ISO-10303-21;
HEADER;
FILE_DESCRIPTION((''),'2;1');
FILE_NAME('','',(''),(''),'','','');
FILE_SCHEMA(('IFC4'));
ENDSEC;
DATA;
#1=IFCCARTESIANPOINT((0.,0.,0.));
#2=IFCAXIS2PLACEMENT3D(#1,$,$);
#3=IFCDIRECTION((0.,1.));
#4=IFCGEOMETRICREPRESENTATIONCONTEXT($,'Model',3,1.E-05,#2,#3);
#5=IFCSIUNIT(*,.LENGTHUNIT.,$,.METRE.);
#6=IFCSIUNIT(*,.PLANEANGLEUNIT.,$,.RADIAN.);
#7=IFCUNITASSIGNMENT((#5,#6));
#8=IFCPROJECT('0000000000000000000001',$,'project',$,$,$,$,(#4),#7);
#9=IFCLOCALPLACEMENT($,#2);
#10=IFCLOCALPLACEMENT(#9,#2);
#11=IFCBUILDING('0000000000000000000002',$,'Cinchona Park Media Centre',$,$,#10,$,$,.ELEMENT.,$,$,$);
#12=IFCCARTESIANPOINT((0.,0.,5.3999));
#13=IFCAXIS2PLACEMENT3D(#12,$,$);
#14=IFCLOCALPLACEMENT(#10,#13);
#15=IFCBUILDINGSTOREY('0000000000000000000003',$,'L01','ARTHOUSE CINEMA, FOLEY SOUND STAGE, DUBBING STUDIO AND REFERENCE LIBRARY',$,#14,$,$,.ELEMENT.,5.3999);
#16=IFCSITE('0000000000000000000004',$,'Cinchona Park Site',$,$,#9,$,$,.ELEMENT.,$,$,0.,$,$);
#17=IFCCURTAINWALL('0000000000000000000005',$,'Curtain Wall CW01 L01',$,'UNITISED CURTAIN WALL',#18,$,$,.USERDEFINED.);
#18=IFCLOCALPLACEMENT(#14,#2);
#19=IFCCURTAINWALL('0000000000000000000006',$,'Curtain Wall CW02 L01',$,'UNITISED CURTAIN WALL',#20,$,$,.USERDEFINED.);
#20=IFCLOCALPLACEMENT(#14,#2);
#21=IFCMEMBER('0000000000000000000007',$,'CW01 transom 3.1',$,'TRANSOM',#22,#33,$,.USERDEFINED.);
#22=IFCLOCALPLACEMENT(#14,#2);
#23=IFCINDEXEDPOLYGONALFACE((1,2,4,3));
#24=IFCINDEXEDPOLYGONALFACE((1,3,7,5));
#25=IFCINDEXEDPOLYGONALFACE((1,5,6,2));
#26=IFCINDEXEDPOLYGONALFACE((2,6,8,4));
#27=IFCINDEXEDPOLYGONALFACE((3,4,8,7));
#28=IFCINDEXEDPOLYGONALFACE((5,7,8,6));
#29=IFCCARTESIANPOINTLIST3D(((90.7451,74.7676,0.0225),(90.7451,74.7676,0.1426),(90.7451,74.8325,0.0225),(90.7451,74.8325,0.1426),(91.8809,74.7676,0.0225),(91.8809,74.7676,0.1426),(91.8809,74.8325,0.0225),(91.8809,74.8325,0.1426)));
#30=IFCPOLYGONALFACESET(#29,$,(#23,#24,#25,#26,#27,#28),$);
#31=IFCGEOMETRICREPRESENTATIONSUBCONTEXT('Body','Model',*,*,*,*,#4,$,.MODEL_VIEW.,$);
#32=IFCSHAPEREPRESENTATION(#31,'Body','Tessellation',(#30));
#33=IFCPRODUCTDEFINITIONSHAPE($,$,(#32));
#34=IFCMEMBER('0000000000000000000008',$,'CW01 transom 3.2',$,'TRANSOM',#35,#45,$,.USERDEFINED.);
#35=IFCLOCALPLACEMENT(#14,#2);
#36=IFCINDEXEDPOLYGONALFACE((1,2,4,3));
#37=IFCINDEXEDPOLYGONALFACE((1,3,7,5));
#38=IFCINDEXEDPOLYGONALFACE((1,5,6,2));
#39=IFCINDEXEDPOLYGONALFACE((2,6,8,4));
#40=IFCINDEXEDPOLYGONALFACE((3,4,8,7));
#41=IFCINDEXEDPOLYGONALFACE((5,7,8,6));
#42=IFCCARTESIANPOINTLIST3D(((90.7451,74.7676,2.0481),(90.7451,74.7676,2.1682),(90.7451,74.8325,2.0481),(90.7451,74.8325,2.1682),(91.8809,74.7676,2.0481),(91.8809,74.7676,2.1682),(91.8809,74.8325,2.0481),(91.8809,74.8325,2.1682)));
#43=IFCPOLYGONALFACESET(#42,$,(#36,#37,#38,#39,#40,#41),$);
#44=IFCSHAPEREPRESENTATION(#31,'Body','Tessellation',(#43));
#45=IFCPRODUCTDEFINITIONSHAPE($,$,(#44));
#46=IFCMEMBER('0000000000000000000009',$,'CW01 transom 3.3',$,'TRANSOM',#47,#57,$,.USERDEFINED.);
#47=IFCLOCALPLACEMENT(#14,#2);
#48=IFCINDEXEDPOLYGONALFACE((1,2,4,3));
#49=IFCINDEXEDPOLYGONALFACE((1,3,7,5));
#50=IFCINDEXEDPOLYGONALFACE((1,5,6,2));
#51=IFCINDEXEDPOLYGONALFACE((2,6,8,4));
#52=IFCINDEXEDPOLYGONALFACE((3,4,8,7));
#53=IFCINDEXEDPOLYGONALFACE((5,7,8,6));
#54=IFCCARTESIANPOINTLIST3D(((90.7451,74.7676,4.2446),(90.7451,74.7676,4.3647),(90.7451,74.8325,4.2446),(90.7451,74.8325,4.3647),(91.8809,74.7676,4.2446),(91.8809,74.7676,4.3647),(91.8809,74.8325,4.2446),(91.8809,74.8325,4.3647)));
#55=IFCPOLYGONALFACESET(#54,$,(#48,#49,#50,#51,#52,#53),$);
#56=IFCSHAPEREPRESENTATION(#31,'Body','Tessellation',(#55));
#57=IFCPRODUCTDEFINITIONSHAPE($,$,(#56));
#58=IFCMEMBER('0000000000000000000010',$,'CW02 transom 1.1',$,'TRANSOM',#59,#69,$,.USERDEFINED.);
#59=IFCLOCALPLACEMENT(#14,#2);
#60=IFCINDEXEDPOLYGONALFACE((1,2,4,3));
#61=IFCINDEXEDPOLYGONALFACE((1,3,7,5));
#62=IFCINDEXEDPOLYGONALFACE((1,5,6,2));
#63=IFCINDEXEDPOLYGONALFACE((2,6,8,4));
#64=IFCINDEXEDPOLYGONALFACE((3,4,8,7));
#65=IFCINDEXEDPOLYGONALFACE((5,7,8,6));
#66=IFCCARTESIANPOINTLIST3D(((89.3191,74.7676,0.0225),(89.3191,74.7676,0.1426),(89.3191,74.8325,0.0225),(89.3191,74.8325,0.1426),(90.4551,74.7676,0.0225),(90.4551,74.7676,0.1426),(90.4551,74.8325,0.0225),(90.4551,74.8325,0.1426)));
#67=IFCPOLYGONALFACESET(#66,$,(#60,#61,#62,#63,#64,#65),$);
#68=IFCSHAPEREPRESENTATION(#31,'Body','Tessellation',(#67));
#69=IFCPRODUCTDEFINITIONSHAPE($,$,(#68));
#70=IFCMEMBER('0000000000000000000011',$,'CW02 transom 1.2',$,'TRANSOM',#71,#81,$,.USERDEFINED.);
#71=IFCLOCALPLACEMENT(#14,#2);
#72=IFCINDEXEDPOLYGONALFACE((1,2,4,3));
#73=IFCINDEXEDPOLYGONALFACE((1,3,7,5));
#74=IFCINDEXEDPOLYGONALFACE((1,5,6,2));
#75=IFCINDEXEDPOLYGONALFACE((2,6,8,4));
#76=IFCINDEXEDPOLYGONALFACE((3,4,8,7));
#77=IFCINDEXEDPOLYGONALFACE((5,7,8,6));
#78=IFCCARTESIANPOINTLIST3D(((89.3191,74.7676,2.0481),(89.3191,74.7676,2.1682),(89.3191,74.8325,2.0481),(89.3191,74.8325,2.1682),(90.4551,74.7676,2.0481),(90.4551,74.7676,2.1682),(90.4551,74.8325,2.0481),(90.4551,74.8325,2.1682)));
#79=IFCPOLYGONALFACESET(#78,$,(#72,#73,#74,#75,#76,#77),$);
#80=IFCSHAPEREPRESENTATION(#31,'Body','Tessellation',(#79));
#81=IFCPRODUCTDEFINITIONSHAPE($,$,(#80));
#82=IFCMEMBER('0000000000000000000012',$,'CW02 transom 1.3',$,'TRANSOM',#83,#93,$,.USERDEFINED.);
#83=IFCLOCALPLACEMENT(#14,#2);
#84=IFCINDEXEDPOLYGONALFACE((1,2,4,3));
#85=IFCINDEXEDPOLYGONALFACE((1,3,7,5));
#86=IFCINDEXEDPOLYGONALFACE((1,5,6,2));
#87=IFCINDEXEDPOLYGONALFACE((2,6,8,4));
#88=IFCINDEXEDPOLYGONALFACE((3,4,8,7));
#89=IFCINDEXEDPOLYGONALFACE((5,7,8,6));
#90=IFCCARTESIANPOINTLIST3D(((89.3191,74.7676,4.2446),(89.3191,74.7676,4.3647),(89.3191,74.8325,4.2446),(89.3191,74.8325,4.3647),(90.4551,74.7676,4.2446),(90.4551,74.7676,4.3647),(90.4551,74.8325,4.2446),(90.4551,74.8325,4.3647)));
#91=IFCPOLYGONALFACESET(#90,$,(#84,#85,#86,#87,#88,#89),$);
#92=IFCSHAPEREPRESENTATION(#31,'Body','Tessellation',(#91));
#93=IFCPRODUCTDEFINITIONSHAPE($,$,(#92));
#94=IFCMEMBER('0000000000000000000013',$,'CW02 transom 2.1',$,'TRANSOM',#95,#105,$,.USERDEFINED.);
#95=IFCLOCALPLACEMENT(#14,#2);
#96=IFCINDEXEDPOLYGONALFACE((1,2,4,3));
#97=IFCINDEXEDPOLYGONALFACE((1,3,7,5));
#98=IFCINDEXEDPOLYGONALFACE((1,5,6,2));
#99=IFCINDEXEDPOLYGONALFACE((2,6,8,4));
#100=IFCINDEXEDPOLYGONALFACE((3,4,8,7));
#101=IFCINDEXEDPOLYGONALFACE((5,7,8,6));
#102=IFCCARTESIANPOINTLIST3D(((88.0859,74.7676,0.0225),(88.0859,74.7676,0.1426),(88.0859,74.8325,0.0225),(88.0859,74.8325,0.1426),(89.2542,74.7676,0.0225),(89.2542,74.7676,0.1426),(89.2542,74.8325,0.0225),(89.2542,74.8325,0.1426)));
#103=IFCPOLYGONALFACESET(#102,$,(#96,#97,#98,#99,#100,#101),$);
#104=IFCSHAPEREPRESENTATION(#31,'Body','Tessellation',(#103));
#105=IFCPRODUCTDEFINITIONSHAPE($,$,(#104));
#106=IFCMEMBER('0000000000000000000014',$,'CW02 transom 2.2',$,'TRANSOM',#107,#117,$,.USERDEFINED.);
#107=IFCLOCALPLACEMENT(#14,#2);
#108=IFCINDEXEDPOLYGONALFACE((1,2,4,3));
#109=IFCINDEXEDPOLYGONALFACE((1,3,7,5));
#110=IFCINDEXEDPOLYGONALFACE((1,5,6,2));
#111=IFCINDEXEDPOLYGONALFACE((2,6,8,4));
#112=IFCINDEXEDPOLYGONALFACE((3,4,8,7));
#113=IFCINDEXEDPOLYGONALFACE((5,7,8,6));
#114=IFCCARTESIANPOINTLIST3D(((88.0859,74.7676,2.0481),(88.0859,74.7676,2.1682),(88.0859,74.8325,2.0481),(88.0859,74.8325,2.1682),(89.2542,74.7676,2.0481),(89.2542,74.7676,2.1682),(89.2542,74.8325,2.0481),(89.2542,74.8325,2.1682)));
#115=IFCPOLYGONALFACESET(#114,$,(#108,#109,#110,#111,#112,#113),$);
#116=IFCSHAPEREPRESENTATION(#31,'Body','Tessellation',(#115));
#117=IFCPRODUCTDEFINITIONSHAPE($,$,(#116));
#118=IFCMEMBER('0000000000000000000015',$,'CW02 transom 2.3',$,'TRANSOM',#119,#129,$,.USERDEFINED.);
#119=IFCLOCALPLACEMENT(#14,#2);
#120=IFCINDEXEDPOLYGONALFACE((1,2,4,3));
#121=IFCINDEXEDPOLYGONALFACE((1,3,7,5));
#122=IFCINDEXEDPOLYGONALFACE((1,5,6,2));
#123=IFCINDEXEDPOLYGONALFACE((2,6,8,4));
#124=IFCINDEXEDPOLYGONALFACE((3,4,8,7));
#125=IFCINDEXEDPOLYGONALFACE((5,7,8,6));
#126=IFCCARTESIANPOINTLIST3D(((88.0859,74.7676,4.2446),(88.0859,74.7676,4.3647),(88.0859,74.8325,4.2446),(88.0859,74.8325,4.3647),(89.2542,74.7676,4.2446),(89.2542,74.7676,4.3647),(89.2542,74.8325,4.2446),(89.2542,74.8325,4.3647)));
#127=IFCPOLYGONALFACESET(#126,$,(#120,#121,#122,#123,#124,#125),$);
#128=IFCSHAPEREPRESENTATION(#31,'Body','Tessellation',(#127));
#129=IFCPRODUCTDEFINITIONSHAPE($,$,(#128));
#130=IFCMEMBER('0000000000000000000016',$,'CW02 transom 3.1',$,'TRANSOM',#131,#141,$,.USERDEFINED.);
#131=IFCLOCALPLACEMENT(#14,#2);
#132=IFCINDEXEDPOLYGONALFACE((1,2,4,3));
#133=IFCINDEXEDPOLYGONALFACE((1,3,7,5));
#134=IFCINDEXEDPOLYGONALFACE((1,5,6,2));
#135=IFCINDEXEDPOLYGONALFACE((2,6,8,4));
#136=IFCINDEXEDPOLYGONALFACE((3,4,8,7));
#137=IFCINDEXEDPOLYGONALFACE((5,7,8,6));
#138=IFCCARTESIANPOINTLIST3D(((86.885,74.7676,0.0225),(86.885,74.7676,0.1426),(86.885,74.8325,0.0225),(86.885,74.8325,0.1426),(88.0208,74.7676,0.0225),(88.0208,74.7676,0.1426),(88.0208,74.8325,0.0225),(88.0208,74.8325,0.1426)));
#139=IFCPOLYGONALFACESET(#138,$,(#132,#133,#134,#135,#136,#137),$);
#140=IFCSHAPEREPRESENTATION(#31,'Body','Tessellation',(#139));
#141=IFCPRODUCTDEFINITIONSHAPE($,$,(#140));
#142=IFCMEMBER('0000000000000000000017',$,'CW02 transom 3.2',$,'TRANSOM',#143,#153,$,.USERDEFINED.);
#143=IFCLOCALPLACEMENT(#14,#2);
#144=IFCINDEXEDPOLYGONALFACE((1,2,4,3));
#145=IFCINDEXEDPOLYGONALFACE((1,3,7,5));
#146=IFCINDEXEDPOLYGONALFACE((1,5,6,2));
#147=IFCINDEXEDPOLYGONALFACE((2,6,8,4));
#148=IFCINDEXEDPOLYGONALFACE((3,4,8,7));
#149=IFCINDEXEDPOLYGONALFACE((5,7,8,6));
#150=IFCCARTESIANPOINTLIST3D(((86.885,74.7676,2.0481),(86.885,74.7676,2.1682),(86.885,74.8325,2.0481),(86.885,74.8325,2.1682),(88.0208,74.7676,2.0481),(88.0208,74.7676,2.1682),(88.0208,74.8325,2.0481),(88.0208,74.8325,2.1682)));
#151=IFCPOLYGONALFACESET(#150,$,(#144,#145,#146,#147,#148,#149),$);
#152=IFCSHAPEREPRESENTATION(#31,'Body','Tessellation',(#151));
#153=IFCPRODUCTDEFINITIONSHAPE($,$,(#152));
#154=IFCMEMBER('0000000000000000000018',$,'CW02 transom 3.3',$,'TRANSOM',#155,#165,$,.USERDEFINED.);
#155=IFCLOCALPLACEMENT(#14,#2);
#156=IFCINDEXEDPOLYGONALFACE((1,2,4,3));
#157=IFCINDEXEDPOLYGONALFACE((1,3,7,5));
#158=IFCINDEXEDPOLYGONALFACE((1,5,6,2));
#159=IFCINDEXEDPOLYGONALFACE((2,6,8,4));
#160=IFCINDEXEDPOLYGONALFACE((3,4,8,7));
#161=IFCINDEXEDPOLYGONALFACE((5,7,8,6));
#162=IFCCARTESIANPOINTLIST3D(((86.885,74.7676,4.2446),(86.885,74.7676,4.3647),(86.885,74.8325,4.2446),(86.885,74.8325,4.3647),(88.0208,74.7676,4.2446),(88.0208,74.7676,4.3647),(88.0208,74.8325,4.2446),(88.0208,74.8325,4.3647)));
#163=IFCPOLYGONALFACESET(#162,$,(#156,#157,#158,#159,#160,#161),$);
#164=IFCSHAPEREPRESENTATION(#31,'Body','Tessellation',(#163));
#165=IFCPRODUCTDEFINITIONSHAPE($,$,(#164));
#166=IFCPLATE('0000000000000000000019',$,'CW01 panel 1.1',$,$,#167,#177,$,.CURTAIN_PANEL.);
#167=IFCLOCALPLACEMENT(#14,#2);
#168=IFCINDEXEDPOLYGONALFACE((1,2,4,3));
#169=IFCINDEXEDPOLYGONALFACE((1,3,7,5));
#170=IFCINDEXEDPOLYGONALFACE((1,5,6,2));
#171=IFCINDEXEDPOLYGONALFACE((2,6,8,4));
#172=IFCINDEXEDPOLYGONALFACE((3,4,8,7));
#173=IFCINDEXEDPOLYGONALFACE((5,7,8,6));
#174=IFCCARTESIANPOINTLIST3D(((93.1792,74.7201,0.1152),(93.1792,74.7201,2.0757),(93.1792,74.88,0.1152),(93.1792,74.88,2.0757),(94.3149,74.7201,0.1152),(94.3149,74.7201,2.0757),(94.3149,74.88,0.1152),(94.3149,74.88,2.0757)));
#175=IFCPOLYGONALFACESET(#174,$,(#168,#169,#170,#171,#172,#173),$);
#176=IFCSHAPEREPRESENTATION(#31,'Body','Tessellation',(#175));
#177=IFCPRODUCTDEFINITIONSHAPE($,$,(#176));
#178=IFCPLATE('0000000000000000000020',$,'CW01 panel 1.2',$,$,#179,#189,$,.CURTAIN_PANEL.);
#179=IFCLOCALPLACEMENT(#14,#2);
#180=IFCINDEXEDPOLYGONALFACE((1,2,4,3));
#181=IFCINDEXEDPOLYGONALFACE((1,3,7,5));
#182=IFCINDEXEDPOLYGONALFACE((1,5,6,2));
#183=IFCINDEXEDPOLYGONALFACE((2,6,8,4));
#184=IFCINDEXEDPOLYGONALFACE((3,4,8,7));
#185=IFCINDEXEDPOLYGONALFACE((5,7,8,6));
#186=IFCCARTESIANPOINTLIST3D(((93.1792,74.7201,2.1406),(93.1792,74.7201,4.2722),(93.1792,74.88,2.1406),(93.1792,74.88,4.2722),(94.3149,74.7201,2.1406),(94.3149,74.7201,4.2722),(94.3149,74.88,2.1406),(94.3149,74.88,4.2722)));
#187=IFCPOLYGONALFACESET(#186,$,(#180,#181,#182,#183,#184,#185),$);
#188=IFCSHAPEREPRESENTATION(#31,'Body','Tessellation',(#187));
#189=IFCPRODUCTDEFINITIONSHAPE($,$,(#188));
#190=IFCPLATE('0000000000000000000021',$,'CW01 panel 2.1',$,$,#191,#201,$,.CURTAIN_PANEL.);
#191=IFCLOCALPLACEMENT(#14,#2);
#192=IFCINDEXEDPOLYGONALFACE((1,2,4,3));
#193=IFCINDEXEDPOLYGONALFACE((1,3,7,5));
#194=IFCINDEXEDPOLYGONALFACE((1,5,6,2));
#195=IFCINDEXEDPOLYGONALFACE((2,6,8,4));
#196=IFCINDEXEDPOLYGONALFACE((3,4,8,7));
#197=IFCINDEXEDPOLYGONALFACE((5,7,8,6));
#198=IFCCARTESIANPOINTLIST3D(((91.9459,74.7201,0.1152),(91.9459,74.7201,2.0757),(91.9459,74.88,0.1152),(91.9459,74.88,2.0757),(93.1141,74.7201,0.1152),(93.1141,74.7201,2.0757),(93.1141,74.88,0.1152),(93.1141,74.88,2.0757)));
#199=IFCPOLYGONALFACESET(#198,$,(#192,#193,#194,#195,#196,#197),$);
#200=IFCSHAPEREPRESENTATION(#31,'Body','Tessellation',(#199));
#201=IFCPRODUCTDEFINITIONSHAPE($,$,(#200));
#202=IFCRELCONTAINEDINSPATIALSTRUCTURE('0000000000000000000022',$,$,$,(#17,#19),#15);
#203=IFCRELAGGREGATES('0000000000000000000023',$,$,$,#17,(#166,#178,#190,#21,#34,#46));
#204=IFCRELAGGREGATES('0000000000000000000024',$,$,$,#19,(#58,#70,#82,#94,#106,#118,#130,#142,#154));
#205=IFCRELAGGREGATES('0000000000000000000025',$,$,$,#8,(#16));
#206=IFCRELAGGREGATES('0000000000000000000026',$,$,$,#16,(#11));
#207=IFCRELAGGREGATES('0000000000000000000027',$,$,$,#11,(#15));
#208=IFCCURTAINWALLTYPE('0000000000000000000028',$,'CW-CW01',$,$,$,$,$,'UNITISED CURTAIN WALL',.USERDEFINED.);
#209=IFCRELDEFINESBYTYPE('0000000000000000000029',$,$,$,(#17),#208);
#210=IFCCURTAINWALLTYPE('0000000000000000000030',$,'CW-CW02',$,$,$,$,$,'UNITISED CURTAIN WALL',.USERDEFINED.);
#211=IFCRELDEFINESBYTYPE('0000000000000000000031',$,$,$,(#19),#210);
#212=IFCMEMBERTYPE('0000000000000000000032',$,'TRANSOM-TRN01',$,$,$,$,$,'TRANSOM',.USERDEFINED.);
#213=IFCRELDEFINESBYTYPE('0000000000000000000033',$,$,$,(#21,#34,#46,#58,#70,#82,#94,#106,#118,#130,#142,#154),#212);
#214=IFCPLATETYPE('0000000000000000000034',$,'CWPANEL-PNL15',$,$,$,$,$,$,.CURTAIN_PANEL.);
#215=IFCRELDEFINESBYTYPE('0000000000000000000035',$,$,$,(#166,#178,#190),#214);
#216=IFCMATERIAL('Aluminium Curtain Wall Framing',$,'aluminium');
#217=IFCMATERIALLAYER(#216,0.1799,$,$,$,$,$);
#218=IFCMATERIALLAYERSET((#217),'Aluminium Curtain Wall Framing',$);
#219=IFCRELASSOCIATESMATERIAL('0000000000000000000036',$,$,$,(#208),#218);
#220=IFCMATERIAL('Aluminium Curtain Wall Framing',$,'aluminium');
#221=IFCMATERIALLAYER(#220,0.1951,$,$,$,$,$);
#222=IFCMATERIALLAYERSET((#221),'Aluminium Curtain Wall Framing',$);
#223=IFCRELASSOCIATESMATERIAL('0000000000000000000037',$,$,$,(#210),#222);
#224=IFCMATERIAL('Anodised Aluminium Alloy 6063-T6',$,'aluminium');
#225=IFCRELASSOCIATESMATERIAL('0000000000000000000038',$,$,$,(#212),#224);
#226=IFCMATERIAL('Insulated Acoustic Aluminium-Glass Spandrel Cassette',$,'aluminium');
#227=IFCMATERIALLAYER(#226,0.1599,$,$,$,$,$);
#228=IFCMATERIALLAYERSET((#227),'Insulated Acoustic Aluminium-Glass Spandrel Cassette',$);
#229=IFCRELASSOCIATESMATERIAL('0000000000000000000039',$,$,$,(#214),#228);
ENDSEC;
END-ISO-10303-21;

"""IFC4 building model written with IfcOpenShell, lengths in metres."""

from ifc_helpers import new_model, si_unit, direction, frame, origin, origin_2d, place, context, subcontext, project, spatial, rectangle, extrude, material, layer, layer_set, material_profile, profile_set, type_object, element, aggregate, save


model = new_model("IFC4")

# Units and contexts
model_context = context("Model", 3, precision=1e-05, world=origin(), true_north=direction((0.0, 1.0)))
body_context = subcontext(model_context, "Body", "Model", "MODEL_VIEW")
ifc_project = project(units=[si_unit("LENGTHUNIT", "METRE"), si_unit("PLANEANGLEUNIT", "RADIAN")], contexts=[model_context])

# Site, building, storey
site_placement = place(None, origin())
site = spatial("IfcSite", under=ifc_project, at=site_placement, Name="Cinchona Park Site", CompositionType="ELEMENT", RefElevation=0.0)
building_placement = place(site_placement, origin())
building = spatial("IfcBuilding", under=site, at=building_placement, Name="Cinchona Park Media Centre", CompositionType="ELEMENT")
storey_placement = place(building_placement, frame((0.0, 0.0, 5.3999)))
storey = spatial("IfcBuildingStorey", under=building, at=storey_placement, Name="L01", Description="ARTHOUSE CINEMA, FOLEY SOUND STAGE, DUBBING STUDIO AND REFERENCE LIBRARY", CompositionType="ELEMENT", Elevation=5.3999)

# Curtain walls
ifc_material_1 = material(Name="Aluminium Curtain Wall Framing", Category="aluminium")
ifc_layer_1 = layer(ifc_material_1, 0.1799)
ifc_layer_set_1 = layer_set([ifc_layer_1], Name="Aluminium Curtain Wall Framing")
curtain_wall_type_1 = type_object("IfcCurtainWallType", Name="CW-CW01", ElementType="UNITISED CURTAIN WALL", PredefinedType="USERDEFINED", material=ifc_layer_set_1)
curtain_wall_1_placement = place(storey_placement, origin())
curtain_wall_1 = element("IfcCurtainWall", 1, at=curtain_wall_1_placement, inside=storey, type_object=curtain_wall_type_1, Name="Curtain Wall CW01 L01", ObjectType="UNITISED CURTAIN WALL", PredefinedType="USERDEFINED")
ifc_material_2 = material(Name="Aluminium Curtain Wall Framing", Category="aluminium")
ifc_layer_2 = layer(ifc_material_2, 0.1951)
ifc_layer_set_2 = layer_set([ifc_layer_2], Name="Aluminium Curtain Wall Framing")
curtain_wall_type_2 = type_object("IfcCurtainWallType", Name="CW-CW02", ElementType="UNITISED CURTAIN WALL", PredefinedType="USERDEFINED", material=ifc_layer_set_2)
curtain_wall_2_placement = place(storey_placement, origin())
curtain_wall_2 = element("IfcCurtainWall", 2, at=curtain_wall_2_placement, inside=storey, type_object=curtain_wall_type_2, Name="Curtain Wall CW02 L01", ObjectType="UNITISED CURTAIN WALL", PredefinedType="USERDEFINED")

# Members
ifc_material_3 = material(Name="Anodised Aluminium Alloy 6063-T6", Category="aluminium")
ifc_material_profile_1 = material_profile(ifc_material_3, rectangle(XDim=0.0649, YDim=0.1201, at=origin_2d()), Name="TRN-65X120")
ifc_profile_set_1 = profile_set([ifc_material_profile_1], Name="Anodised Aluminium Alloy 6063-T6")
member_type_1 = type_object("IfcMemberType", Name="TRANSOM-TRN01", ElementType="TRANSOM", PredefinedType="USERDEFINED", material=ifc_profile_set_1)
member_1_placement = place(storey_placement, frame((91.8809, 74.8, 0.0825), z_axis=(-1.0, 0.0, 0.0), x_axis=(0.0, -1.0, 0.0)))
member_1 = element("IfcMember", 3, at=member_1_placement, type_object=member_type_1, Name="CW01 transom 3.1", ObjectType="TRANSOM", PredefinedType="USERDEFINED", context=body_context, shape_type="SweptSolid", body=[
    extrude(rectangle(XDim=0.0649, YDim=0.1201, at=origin_2d()), origin(), (0.0, 0.0, 1.0), 1.1357),
])
member_2_placement = place(storey_placement, frame((91.8809, 74.8, 2.1082), z_axis=(-1.0, 0.0, 0.0), x_axis=(0.0, -1.0, 0.0)))
member_2 = element("IfcMember", 4, at=member_2_placement, type_object=member_type_1, Name="CW01 transom 3.2", ObjectType="TRANSOM", PredefinedType="USERDEFINED", context=body_context, shape_type="SweptSolid", body=[
    extrude(rectangle(XDim=0.0649, YDim=0.1201, at=origin_2d()), origin(), (0.0, 0.0, 1.0), 1.1357),
])
member_3_placement = place(storey_placement, frame((91.8809, 74.8, 4.3047), z_axis=(-1.0, 0.0, 0.0), x_axis=(0.0, -1.0, 0.0)))
member_3 = element("IfcMember", 5, at=member_3_placement, type_object=member_type_1, Name="CW01 transom 3.3", ObjectType="TRANSOM", PredefinedType="USERDEFINED", context=body_context, shape_type="SweptSolid", body=[
    extrude(rectangle(XDim=0.0649, YDim=0.1201, at=origin_2d()), origin(), (0.0, 0.0, 1.0), 1.1357),
])
member_4_placement = place(storey_placement, frame((90.4551, 74.8, 0.0825), z_axis=(-1.0, 0.0, 0.0), x_axis=(0.0, -1.0, 0.0)))
member_4 = element("IfcMember", 6, at=member_4_placement, type_object=member_type_1, Name="CW02 transom 1.1", ObjectType="TRANSOM", PredefinedType="USERDEFINED", context=body_context, shape_type="SweptSolid", body=[
    extrude(rectangle(XDim=0.0649, YDim=0.1201, at=origin_2d()), origin(), (0.0, 0.0, 1.0), 1.136),
])
member_5_placement = place(storey_placement, frame((90.4551, 74.8, 2.1082), z_axis=(-1.0, 0.0, 0.0), x_axis=(0.0, -1.0, 0.0)))
member_5 = element("IfcMember", 7, at=member_5_placement, type_object=member_type_1, Name="CW02 transom 1.2", ObjectType="TRANSOM", PredefinedType="USERDEFINED", context=body_context, shape_type="SweptSolid", body=[
    extrude(rectangle(XDim=0.0649, YDim=0.1201, at=origin_2d()), origin(), (0.0, 0.0, 1.0), 1.136),
])
member_6_placement = place(storey_placement, frame((90.4551, 74.8, 4.3047), z_axis=(-1.0, 0.0, 0.0), x_axis=(0.0, -1.0, 0.0)))
member_6 = element("IfcMember", 8, at=member_6_placement, type_object=member_type_1, Name="CW02 transom 1.3", ObjectType="TRANSOM", PredefinedType="USERDEFINED", context=body_context, shape_type="SweptSolid", body=[
    extrude(rectangle(XDim=0.0649, YDim=0.1201, at=origin_2d()), origin(), (0.0, 0.0, 1.0), 1.136),
])
member_7_placement = place(storey_placement, frame((89.2542, 74.8, 0.0825), z_axis=(-1.0, 0.0, 0.0), x_axis=(0.0, -1.0, 0.0)))
member_7 = element("IfcMember", 9, at=member_7_placement, type_object=member_type_1, Name="CW02 transom 2.1", ObjectType="TRANSOM", PredefinedType="USERDEFINED", context=body_context, shape_type="SweptSolid", body=[
    extrude(rectangle(XDim=0.0649, YDim=0.1201, at=origin_2d()), origin(), (0.0, 0.0, 1.0), 1.1682),
])
member_8_placement = place(storey_placement, frame((89.2542, 74.8, 2.1082), z_axis=(-1.0, 0.0, 0.0), x_axis=(0.0, -1.0, 0.0)))
member_8 = element("IfcMember", 10, at=member_8_placement, type_object=member_type_1, Name="CW02 transom 2.2", ObjectType="TRANSOM", PredefinedType="USERDEFINED", context=body_context, shape_type="SweptSolid", body=[
    extrude(rectangle(XDim=0.0649, YDim=0.1201, at=origin_2d()), origin(), (0.0, 0.0, 1.0), 1.1682),
])
member_9_placement = place(storey_placement, frame((89.2542, 74.8, 4.3047), z_axis=(-1.0, 0.0, 0.0), x_axis=(0.0, -1.0, 0.0)))
member_9 = element("IfcMember", 11, at=member_9_placement, type_object=member_type_1, Name="CW02 transom 2.3", ObjectType="TRANSOM", PredefinedType="USERDEFINED", context=body_context, shape_type="SweptSolid", body=[
    extrude(rectangle(XDim=0.0649, YDim=0.1201, at=origin_2d()), origin(), (0.0, 0.0, 1.0), 1.1682),
])
member_10_placement = place(storey_placement, frame((88.0208, 74.8, 0.0825), z_axis=(-1.0, 0.0, 0.0), x_axis=(0.0, -1.0, 0.0)))
member_10 = element("IfcMember", 12, at=member_10_placement, type_object=member_type_1, Name="CW02 transom 3.1", ObjectType="TRANSOM", PredefinedType="USERDEFINED", context=body_context, shape_type="SweptSolid", body=[
    extrude(rectangle(XDim=0.0649, YDim=0.1201, at=origin_2d()), origin(), (0.0, 0.0, 1.0), 1.1357),
])
member_11_placement = place(storey_placement, frame((88.0208, 74.8, 2.1082), z_axis=(-1.0, 0.0, 0.0), x_axis=(0.0, -1.0, 0.0)))
member_11 = element("IfcMember", 13, at=member_11_placement, type_object=member_type_1, Name="CW02 transom 3.2", ObjectType="TRANSOM", PredefinedType="USERDEFINED", context=body_context, shape_type="SweptSolid", body=[
    extrude(rectangle(XDim=0.0649, YDim=0.1201, at=origin_2d()), origin(), (0.0, 0.0, 1.0), 1.1357),
])
member_12_placement = place(storey_placement, frame((88.0208, 74.8, 4.3047), z_axis=(-1.0, 0.0, 0.0), x_axis=(0.0, -1.0, 0.0)))
member_12 = element("IfcMember", 14, at=member_12_placement, type_object=member_type_1, Name="CW02 transom 3.3", ObjectType="TRANSOM", PredefinedType="USERDEFINED", context=body_context, shape_type="SweptSolid", body=[
    extrude(rectangle(XDim=0.0649, YDim=0.1201, at=origin_2d()), origin(), (0.0, 0.0, 1.0), 1.1357),
])

# Plates
ifc_material_4 = material(Name="Insulated Acoustic Aluminium-Glass Spandrel Cassette", Category="aluminium")
ifc_layer_3 = layer(ifc_material_4, 0.1599)
ifc_layer_set_3 = layer_set([ifc_layer_3], Name="Insulated Acoustic Aluminium-Glass Spandrel Cassette")
plate_type_1 = type_object("IfcPlateType", Name="CWPANEL-PNL15", PredefinedType="CURTAIN_PANEL", material=ifc_layer_set_3)
plate_1_placement = place(storey_placement, frame((93.7471, 74.8, 0.1152), z_axis=(0.0, 0.0, 1.0), x_axis=(-1.0, 0.0, 0.0)))
plate_1 = element("IfcPlate", 15, at=plate_1_placement, type_object=plate_type_1, Name="CW01 panel 1.1", PredefinedType="CURTAIN_PANEL", context=body_context, shape_type="SweptSolid", body=[
    extrude(rectangle(XDim=1.1357, YDim=0.1599, at=origin_2d()), origin(), (0.0, 0.0, 1.0), 1.9604),
])
plate_2_placement = place(storey_placement, frame((93.7471, 74.8, 2.1406), z_axis=(0.0, 0.0, 1.0), x_axis=(-1.0, 0.0, 0.0)))
plate_2 = element("IfcPlate", 16, at=plate_2_placement, type_object=plate_type_1, Name="CW01 panel 1.2", PredefinedType="CURTAIN_PANEL", context=body_context, shape_type="SweptSolid", body=[
    extrude(rectangle(XDim=1.1357, YDim=0.1599, at=origin_2d()), origin(), (0.0, 0.0, 1.0), 2.1316),
])
plate_3_placement = place(storey_placement, frame((92.53, 74.8, 0.1152), z_axis=(0.0, 0.0, 1.0), x_axis=(-1.0, 0.0, 0.0)))
plate_3 = element("IfcPlate", 17, at=plate_3_placement, type_object=plate_type_1, Name="CW01 panel 2.1", PredefinedType="CURTAIN_PANEL", context=body_context, shape_type="SweptSolid", body=[
    extrude(rectangle(XDim=1.1682, YDim=0.1599, at=origin_2d()), origin(), (0.0, 0.0, 1.0), 1.9604),
])
aggregate(curtain_wall_1, [plate_1, plate_2, plate_3, member_1, member_2, member_3])
aggregate(curtain_wall_2, [member_4, member_5, member_6, member_7, member_8, member_9, member_10, member_11, member_12])

save(model, "model.ifc")
